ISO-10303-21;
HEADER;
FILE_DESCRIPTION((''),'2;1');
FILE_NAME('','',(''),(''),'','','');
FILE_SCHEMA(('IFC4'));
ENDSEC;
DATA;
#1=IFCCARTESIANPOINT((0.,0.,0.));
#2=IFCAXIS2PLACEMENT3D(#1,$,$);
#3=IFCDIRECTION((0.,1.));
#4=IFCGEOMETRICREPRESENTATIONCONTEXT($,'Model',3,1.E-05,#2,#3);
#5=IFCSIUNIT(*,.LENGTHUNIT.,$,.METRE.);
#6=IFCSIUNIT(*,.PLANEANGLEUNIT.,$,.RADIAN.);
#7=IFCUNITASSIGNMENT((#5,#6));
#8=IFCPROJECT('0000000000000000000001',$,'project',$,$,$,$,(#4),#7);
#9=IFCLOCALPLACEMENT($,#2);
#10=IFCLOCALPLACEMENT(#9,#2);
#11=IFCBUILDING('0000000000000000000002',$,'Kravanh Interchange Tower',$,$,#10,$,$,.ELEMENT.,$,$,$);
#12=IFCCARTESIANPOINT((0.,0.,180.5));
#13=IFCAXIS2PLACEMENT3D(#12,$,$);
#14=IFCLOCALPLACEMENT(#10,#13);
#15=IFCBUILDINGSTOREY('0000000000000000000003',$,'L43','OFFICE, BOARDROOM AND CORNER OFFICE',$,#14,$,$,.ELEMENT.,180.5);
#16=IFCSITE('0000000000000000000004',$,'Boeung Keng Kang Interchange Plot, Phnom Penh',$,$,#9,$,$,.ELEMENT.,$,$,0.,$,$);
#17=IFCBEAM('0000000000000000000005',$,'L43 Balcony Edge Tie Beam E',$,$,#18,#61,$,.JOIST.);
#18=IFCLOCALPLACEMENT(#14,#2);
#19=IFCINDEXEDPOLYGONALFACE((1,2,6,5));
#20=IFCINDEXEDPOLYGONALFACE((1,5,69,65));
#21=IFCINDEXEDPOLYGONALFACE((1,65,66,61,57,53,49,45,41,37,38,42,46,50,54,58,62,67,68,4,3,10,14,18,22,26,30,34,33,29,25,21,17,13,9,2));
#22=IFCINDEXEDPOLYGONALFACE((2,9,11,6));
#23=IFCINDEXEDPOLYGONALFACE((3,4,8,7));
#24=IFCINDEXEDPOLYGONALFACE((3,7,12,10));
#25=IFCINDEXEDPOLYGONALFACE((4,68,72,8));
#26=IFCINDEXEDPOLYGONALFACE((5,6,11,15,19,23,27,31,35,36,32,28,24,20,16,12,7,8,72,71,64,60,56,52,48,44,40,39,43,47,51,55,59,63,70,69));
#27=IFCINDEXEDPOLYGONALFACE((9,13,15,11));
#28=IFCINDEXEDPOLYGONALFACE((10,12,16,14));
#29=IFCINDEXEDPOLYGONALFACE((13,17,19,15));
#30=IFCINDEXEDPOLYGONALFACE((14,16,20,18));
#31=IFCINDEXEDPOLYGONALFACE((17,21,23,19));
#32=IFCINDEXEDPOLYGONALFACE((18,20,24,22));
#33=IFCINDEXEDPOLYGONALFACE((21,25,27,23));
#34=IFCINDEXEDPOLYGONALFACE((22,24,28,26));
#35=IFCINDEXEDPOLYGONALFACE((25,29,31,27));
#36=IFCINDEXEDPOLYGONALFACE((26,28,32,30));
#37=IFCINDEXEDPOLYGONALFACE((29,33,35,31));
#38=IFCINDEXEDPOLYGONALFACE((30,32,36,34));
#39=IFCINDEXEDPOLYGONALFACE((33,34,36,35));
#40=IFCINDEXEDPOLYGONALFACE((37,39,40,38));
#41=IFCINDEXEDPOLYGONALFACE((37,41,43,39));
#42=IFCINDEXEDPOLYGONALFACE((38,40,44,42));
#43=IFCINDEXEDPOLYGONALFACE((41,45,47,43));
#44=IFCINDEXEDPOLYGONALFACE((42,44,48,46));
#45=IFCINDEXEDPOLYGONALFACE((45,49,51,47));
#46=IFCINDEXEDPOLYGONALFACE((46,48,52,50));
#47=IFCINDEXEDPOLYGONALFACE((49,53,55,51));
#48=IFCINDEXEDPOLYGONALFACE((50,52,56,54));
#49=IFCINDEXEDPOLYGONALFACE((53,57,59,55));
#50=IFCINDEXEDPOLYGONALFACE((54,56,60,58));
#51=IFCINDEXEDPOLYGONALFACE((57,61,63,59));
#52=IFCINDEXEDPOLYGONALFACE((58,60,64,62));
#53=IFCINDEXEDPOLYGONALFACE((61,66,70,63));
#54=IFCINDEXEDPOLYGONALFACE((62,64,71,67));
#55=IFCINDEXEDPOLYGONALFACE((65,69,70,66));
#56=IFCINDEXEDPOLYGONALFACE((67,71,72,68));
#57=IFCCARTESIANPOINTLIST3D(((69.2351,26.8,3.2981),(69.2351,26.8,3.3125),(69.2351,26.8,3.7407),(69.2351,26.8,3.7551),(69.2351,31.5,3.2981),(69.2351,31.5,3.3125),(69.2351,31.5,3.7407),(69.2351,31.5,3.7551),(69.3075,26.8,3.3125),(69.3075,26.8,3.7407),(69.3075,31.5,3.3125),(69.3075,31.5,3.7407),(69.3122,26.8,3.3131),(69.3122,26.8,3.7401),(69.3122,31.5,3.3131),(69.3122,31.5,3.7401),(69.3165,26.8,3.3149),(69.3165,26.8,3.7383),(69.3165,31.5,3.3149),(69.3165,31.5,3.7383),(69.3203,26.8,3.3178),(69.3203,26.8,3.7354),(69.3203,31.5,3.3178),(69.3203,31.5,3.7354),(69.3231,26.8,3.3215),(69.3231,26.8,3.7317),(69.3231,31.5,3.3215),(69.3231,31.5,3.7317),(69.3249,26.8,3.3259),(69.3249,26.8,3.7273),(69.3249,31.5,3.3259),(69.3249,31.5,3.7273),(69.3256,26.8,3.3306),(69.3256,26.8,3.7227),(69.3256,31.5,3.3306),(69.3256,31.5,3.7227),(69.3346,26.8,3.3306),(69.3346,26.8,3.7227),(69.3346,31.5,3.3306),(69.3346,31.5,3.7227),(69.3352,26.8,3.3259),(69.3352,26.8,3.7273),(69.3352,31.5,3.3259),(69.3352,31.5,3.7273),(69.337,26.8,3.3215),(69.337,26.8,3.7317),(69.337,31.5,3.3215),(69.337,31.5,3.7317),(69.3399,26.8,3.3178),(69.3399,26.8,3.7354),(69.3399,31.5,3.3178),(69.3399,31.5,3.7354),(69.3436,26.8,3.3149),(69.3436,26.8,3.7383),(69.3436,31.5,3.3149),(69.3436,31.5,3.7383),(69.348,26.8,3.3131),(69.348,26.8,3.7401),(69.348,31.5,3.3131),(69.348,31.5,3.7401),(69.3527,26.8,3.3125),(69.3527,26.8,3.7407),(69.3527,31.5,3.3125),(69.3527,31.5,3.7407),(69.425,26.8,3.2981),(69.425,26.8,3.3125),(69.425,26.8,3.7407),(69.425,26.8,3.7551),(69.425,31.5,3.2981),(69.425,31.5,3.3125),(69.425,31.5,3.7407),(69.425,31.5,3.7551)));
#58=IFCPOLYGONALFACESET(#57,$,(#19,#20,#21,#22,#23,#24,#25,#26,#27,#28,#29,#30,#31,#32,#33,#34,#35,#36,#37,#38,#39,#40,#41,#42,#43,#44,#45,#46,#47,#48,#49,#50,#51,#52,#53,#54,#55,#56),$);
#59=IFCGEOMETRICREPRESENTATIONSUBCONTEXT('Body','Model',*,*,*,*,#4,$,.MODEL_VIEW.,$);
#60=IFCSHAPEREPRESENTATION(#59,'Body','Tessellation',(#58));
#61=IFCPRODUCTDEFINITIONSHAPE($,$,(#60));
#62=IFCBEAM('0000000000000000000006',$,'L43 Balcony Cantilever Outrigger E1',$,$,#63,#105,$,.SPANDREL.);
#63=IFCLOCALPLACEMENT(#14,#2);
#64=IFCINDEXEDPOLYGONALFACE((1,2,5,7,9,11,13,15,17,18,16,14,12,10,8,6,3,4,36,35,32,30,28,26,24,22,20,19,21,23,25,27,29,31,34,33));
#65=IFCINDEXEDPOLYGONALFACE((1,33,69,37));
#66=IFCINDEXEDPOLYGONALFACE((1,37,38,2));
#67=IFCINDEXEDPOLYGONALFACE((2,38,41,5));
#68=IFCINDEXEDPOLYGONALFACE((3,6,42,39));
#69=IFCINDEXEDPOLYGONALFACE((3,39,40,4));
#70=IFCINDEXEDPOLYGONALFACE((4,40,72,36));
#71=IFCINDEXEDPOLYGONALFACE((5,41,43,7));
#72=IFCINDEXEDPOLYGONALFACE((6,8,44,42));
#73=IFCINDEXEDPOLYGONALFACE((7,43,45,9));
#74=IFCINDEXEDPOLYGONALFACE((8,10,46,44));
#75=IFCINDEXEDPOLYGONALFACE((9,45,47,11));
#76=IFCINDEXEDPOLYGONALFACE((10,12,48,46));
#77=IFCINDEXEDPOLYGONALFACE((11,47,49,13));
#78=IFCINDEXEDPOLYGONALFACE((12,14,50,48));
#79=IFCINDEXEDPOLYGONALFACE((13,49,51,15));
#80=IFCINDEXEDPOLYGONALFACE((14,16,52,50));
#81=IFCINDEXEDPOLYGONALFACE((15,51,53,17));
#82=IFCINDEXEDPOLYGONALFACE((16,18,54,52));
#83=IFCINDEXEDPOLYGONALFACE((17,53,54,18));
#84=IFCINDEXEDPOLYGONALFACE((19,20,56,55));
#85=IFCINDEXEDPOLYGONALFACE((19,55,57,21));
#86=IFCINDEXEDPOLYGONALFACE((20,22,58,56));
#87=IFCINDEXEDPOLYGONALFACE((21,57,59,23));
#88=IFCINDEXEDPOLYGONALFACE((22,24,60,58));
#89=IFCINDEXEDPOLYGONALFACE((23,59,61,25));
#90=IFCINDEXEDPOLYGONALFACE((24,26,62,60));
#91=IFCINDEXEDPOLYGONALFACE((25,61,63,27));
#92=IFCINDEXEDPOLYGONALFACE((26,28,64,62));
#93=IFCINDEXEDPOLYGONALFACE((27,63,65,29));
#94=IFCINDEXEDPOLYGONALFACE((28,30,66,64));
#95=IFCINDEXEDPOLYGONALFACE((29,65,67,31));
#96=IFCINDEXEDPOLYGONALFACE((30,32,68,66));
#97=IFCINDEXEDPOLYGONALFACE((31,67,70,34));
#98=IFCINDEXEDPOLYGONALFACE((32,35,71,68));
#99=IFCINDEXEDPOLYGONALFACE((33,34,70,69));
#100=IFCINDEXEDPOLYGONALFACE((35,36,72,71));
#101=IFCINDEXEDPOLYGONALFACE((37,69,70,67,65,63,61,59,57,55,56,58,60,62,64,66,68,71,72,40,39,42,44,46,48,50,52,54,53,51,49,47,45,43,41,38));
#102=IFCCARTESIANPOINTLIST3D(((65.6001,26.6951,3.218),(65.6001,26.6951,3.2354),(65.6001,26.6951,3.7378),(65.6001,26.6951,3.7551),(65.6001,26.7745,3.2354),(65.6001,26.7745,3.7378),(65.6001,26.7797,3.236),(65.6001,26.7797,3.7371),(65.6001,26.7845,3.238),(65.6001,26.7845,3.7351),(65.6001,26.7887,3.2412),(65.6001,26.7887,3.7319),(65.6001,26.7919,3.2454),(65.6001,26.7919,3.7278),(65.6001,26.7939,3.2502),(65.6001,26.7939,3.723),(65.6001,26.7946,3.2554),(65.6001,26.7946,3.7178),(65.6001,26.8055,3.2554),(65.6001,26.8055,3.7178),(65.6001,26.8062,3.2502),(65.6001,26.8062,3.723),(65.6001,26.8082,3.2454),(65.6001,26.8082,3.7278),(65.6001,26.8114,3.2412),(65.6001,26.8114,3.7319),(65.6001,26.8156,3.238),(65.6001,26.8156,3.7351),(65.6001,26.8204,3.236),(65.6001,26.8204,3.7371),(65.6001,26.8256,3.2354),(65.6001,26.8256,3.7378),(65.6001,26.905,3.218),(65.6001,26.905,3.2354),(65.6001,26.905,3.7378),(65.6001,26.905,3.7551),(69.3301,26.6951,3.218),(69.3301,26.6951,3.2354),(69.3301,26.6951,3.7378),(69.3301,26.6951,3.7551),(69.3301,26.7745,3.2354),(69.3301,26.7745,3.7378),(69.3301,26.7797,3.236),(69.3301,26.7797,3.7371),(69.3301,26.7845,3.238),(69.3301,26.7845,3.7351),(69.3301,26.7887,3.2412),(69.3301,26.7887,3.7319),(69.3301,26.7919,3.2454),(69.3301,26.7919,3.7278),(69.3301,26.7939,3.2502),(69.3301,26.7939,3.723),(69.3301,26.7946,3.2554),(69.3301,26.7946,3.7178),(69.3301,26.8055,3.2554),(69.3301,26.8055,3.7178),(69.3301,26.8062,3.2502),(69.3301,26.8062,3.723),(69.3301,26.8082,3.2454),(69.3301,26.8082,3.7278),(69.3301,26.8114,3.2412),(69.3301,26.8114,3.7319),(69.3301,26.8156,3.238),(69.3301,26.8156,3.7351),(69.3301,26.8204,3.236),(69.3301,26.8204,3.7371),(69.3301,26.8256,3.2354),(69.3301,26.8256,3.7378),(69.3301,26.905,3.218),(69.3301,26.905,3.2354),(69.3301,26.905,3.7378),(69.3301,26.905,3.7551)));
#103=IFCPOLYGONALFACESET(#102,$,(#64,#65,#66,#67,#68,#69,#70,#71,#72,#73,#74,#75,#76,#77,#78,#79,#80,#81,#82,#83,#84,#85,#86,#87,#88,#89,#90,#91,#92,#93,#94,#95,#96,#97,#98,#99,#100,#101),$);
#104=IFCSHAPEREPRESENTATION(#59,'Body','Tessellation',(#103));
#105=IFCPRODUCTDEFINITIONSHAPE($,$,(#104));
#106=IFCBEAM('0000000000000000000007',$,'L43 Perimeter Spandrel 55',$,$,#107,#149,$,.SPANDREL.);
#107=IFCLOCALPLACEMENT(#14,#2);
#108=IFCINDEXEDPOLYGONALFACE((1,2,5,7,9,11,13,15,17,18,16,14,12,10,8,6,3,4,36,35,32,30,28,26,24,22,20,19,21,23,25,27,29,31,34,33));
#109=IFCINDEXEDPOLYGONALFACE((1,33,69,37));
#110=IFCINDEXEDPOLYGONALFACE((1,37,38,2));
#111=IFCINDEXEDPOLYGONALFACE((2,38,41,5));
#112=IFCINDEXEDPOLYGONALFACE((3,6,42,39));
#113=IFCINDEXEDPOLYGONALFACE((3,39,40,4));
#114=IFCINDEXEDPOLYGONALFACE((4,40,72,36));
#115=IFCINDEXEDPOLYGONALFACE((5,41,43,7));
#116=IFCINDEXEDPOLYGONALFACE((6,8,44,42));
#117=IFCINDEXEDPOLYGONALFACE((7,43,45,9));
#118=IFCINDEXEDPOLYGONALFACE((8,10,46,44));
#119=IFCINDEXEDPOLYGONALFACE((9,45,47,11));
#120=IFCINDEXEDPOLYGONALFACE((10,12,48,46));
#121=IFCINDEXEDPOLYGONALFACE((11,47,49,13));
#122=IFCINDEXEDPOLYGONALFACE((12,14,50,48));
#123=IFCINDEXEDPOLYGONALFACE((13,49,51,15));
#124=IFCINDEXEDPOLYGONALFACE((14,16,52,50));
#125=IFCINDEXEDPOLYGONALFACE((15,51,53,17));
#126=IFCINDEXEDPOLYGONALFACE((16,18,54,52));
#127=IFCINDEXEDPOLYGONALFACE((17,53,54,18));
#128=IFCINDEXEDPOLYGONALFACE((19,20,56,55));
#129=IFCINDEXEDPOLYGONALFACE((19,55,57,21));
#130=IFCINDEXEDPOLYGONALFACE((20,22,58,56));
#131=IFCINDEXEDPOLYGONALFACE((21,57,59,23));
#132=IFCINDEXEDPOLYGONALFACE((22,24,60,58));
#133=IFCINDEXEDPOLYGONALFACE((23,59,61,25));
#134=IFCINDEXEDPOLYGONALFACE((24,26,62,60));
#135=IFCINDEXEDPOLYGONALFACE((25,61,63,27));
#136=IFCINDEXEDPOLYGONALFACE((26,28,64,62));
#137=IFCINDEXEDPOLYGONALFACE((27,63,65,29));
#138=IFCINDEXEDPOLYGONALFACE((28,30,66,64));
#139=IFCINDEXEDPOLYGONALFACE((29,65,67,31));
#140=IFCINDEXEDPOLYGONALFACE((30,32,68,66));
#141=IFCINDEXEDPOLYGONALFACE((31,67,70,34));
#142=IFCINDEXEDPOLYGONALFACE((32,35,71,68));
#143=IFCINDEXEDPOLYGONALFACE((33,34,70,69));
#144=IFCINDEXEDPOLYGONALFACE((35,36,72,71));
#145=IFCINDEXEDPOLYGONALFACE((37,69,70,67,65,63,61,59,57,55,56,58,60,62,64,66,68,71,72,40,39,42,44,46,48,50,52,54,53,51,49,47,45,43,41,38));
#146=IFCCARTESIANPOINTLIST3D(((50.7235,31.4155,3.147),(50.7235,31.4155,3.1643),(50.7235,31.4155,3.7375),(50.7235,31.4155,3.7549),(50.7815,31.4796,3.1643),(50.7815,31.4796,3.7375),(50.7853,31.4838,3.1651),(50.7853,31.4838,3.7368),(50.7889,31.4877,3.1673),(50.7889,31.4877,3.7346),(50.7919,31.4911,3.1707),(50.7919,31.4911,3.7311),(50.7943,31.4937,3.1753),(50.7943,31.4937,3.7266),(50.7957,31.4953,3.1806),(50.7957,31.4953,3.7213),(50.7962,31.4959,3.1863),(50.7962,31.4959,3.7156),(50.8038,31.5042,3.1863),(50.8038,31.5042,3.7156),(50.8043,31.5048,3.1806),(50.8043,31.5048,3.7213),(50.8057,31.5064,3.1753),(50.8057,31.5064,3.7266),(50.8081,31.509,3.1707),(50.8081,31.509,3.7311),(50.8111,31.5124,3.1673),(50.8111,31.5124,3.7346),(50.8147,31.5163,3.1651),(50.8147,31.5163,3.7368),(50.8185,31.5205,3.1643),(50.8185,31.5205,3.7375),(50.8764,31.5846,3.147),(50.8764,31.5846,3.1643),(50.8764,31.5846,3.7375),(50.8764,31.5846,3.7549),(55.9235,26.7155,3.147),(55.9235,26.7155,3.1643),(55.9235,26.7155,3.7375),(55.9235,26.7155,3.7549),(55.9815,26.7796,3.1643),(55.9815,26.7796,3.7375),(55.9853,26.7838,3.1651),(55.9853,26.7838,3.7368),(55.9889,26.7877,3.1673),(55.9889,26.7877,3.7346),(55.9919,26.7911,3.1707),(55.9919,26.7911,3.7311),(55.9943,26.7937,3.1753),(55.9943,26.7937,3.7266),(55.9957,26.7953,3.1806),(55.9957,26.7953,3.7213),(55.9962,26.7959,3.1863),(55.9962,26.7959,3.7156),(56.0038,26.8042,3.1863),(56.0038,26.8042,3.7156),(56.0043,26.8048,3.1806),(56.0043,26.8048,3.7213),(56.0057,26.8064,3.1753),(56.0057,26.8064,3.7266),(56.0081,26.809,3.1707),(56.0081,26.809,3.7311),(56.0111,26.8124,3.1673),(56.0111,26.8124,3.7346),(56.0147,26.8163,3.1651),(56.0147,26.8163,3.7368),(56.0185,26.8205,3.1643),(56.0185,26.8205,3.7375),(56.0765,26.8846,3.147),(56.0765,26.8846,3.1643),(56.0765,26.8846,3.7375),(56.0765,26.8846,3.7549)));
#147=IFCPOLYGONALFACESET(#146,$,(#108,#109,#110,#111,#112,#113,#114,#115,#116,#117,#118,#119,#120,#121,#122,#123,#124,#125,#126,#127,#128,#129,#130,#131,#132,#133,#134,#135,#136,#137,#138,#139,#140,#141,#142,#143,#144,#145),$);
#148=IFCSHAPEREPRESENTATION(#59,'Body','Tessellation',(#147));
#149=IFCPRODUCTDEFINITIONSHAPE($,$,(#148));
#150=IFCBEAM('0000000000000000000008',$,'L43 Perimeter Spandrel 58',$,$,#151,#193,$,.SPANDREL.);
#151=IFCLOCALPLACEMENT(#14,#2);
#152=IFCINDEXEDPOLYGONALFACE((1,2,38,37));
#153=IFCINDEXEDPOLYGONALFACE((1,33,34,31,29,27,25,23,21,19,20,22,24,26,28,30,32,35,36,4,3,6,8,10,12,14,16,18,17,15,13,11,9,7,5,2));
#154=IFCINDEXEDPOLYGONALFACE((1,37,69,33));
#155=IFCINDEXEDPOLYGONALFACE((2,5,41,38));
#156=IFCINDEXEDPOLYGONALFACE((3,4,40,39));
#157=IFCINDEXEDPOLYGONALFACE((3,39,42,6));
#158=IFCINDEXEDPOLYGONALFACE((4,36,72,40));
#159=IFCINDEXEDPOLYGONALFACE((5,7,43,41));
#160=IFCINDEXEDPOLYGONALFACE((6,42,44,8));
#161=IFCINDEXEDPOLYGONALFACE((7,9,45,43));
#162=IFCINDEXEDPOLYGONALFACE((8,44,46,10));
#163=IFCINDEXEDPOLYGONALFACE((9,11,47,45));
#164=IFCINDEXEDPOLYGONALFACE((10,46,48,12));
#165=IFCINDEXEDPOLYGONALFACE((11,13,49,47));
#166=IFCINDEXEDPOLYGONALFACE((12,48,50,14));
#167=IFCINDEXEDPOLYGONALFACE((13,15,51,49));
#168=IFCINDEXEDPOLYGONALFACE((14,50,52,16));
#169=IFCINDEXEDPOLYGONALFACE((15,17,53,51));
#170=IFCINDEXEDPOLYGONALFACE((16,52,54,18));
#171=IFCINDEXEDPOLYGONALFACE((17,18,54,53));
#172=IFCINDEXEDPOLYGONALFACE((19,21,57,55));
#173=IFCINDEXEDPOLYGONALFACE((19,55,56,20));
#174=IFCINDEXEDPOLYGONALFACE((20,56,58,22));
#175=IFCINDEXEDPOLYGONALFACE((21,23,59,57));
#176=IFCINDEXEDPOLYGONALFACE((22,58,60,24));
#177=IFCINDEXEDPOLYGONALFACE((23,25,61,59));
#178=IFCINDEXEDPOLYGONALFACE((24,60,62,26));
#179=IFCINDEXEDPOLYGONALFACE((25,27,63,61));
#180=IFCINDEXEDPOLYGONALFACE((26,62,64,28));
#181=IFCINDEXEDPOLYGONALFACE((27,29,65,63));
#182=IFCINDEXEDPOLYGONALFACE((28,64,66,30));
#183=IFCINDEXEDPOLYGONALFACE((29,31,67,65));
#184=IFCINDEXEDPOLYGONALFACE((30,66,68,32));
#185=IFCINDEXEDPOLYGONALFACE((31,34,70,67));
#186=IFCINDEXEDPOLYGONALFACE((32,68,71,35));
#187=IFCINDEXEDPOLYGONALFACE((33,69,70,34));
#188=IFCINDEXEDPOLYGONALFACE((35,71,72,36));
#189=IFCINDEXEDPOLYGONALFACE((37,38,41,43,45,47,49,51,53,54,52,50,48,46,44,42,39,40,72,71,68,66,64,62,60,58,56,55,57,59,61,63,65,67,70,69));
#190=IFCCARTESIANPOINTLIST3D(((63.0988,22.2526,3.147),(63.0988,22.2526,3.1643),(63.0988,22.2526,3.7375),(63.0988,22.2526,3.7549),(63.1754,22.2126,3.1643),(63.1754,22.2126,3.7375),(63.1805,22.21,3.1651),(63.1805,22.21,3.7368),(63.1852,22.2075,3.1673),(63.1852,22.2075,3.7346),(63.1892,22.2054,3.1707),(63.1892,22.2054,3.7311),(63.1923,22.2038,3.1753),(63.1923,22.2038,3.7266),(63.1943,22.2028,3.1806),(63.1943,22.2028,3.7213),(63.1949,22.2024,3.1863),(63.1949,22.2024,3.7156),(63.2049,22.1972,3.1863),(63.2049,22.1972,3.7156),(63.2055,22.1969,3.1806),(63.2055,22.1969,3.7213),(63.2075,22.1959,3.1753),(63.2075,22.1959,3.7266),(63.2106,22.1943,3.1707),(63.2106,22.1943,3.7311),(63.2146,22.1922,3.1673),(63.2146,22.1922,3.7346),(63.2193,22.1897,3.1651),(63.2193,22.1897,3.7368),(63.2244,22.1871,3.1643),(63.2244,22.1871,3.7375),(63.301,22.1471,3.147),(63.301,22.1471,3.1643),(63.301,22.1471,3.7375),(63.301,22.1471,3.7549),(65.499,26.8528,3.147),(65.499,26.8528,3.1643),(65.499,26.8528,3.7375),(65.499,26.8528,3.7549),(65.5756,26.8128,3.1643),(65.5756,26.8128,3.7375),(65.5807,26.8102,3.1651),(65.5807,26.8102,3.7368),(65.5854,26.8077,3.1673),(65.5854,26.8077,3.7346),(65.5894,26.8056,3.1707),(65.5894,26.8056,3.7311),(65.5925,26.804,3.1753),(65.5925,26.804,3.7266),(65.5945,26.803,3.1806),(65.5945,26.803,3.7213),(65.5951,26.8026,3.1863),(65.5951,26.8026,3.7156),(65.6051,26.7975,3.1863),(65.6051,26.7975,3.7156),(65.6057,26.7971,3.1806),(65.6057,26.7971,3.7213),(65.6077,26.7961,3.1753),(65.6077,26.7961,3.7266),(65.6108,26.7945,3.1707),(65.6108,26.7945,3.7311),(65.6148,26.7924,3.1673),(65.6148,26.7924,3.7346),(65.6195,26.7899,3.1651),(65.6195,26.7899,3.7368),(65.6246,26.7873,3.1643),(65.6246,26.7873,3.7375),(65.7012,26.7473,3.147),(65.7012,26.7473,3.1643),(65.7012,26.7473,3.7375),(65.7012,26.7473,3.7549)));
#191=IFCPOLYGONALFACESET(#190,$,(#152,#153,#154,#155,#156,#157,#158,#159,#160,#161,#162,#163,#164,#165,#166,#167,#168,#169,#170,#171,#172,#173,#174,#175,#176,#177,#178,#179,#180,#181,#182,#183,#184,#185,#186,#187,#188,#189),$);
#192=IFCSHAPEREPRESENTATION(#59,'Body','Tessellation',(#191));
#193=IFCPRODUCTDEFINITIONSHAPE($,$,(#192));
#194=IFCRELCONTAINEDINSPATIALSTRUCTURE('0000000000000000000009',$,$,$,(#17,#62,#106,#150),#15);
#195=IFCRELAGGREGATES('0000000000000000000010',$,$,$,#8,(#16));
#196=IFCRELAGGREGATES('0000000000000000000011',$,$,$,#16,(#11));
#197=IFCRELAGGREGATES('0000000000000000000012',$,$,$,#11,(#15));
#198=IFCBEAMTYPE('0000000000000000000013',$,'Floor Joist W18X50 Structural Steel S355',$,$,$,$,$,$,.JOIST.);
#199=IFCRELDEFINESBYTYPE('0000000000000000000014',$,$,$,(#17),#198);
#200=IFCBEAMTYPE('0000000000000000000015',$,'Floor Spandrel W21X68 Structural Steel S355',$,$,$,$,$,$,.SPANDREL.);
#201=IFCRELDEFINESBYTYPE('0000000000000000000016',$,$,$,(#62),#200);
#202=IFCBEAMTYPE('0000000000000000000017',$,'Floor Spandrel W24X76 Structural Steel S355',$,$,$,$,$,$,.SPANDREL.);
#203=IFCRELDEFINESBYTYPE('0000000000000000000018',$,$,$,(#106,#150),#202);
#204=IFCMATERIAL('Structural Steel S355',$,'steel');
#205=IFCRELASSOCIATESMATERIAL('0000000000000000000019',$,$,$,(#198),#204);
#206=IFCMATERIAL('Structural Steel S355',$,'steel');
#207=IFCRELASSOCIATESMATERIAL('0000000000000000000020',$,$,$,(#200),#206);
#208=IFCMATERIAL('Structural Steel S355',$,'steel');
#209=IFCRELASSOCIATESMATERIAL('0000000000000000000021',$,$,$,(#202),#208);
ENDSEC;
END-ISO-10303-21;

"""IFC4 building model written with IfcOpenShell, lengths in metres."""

from ifc_helpers import new_model, si_unit, direction, frame, origin, origin_2d, place, context, subcontext, project, spatial, i_section, extrude, material, material_profile, profile_set, type_object, element, save


model = new_model("IFC4")

# Units and contexts
model_context = context("Model", 3, precision=1e-05, world=origin(), true_north=direction((0.0, 1.0)))
body_context = subcontext(model_context, "Body", "Model", "MODEL_VIEW")
ifc_project = project(units=[si_unit("LENGTHUNIT", "METRE"), si_unit("PLANEANGLEUNIT", "RADIAN")], contexts=[model_context])

# Site, building, storey
site_placement = place(None, origin())
site = spatial("IfcSite", under=ifc_project, at=site_placement, Name="Boeung Keng Kang Interchange Plot, Phnom Penh", CompositionType="ELEMENT", RefElevation=0.0)
building_placement = place(site_placement, origin())
building = spatial("IfcBuilding", under=site, at=building_placement, Name="Kravanh Interchange Tower", CompositionType="ELEMENT")
storey_placement = place(building_placement, frame((0.0, 0.0, 180.5)))
storey = spatial("IfcBuildingStorey", under=building, at=storey_placement, Name="L43", Description="OFFICE, BOARDROOM AND CORNER OFFICE", CompositionType="ELEMENT", Elevation=180.5)

# Beams
ifc_material_1 = material(Name="Structural Steel S355", Category="steel")
ifc_material_profile_1 = material_profile(ifc_material_1, i_section(OverallWidth=0.1899, OverallDepth=0.457, WebThickness=0.009, FlangeThickness=0.0144, FilletRadius=0.0181, at=origin_2d()), Name="W18X50")
ifc_profile_set_1 = profile_set([ifc_material_profile_1], Name="Structural Steel S355")
beam_type_1 = type_object("IfcBeamType", Name="Floor Joist W18X50 Structural Steel S355", PredefinedType="JOIST", material=ifc_profile_set_1)
beam_1_placement = place(storey_placement, frame((69.3301, 26.8, 3.5266), z_axis=(0.0, 1.0, 0.0), x_axis=(-1.0, 0.0, 0.0)))
element("IfcBeam", 1, at=beam_1_placement, inside=storey, type_object=beam_type_1, Name="L43 Balcony Edge Tie Beam E", PredefinedType="JOIST", context=body_context, shape_type="SweptSolid", body=[
    extrude(i_section(OverallWidth=0.1899, OverallDepth=0.457, WebThickness=0.009, FlangeThickness=0.0144, FilletRadius=0.0181, at=origin_2d()), origin(), (0.0, 0.0, 1.0), 4.7),
])
ifc_material_2 = material(Name="Structural Steel S355", Category="steel")
ifc_material_profile_2 = material_profile(ifc_material_2, i_section(OverallWidth=0.21, OverallDepth=0.5371, WebThickness=0.011, FlangeThickness=0.0173, FilletRadius=0.02, at=origin_2d()), Name="W21X68")
ifc_profile_set_2 = profile_set([ifc_material_profile_2], Name="Structural Steel S355")
beam_type_2 = type_object("IfcBeamType", Name="Floor Spandrel W21X68 Structural Steel S355", PredefinedType="SPANDREL", material=ifc_profile_set_2)
beam_2_placement = place(storey_placement, frame((65.6001, 26.8, 3.4866), z_axis=(1.0, 0.0, 0.0), x_axis=(0.0, 1.0, 0.0)))
element("IfcBeam", 2, at=beam_2_placement, inside=storey, type_object=beam_type_2, Name="L43 Balcony Cantilever Outrigger E1", PredefinedType="SPANDREL", context=body_context, shape_type="SweptSolid", body=[
    extrude(i_section(OverallWidth=0.21, OverallDepth=0.5371, WebThickness=0.011, FlangeThickness=0.0173, FilletRadius=0.02, at=origin_2d()), origin(), (0.0, 0.0, 1.0), 3.73),
])
ifc_material_3 = material(Name="Structural Steel S355", Category="steel")
ifc_material_profile_3 = material_profile(ifc_material_3, i_section(OverallWidth=0.228, OverallDepth=0.6079, WebThickness=0.0112, FlangeThickness=0.0173, FilletRadius=0.022, at=origin_2d()), Name="W24X76")
ifc_profile_set_3 = profile_set([ifc_material_profile_3], Name="Structural Steel S355")
beam_type_3 = type_object("IfcBeamType", Name="Floor Spandrel W24X76 Structural Steel S355", PredefinedType="SPANDREL", material=ifc_profile_set_3)
beam_3_placement = place(storey_placement, frame((56.0, 26.8, 3.4509), z_axis=(-0.741874, 0.670539, 0.0), x_axis=(-0.670539, -0.741874, 0.0)))
element("IfcBeam", 3, at=beam_3_placement, inside=storey, type_object=beam_type_3, Name="L43 Perimeter Spandrel 55", PredefinedType="SPANDREL", context=body_context, shape_type="SweptSolid", body=[
    extrude(i_section(OverallWidth=0.228, OverallDepth=0.6079, WebThickness=0.0112, FlangeThickness=0.0173, FilletRadius=0.022, at=origin_2d()), origin(), (0.0, 0.0, 1.0), 7.0093),
])
beam_4_placement = place(storey_placement, frame((65.6001, 26.8, 3.4509), z_axis=(-0.46258, -0.886577, 0.0), x_axis=(0.886577, -0.46258, 0.0)))
element("IfcBeam", 4, at=beam_4_placement, inside=storey, type_object=beam_type_3, Name="L43 Perimeter Spandrel 58", PredefinedType="SPANDREL", context=body_context, shape_type="SweptSolid", body=[
    extrude(i_section(OverallWidth=0.228, OverallDepth=0.6079, WebThickness=0.0112, FlangeThickness=0.0173, FilletRadius=0.022, at=origin_2d()), origin(), (0.0, 0.0, 1.0), 5.1887),
])

save(model, "model.ifc")
